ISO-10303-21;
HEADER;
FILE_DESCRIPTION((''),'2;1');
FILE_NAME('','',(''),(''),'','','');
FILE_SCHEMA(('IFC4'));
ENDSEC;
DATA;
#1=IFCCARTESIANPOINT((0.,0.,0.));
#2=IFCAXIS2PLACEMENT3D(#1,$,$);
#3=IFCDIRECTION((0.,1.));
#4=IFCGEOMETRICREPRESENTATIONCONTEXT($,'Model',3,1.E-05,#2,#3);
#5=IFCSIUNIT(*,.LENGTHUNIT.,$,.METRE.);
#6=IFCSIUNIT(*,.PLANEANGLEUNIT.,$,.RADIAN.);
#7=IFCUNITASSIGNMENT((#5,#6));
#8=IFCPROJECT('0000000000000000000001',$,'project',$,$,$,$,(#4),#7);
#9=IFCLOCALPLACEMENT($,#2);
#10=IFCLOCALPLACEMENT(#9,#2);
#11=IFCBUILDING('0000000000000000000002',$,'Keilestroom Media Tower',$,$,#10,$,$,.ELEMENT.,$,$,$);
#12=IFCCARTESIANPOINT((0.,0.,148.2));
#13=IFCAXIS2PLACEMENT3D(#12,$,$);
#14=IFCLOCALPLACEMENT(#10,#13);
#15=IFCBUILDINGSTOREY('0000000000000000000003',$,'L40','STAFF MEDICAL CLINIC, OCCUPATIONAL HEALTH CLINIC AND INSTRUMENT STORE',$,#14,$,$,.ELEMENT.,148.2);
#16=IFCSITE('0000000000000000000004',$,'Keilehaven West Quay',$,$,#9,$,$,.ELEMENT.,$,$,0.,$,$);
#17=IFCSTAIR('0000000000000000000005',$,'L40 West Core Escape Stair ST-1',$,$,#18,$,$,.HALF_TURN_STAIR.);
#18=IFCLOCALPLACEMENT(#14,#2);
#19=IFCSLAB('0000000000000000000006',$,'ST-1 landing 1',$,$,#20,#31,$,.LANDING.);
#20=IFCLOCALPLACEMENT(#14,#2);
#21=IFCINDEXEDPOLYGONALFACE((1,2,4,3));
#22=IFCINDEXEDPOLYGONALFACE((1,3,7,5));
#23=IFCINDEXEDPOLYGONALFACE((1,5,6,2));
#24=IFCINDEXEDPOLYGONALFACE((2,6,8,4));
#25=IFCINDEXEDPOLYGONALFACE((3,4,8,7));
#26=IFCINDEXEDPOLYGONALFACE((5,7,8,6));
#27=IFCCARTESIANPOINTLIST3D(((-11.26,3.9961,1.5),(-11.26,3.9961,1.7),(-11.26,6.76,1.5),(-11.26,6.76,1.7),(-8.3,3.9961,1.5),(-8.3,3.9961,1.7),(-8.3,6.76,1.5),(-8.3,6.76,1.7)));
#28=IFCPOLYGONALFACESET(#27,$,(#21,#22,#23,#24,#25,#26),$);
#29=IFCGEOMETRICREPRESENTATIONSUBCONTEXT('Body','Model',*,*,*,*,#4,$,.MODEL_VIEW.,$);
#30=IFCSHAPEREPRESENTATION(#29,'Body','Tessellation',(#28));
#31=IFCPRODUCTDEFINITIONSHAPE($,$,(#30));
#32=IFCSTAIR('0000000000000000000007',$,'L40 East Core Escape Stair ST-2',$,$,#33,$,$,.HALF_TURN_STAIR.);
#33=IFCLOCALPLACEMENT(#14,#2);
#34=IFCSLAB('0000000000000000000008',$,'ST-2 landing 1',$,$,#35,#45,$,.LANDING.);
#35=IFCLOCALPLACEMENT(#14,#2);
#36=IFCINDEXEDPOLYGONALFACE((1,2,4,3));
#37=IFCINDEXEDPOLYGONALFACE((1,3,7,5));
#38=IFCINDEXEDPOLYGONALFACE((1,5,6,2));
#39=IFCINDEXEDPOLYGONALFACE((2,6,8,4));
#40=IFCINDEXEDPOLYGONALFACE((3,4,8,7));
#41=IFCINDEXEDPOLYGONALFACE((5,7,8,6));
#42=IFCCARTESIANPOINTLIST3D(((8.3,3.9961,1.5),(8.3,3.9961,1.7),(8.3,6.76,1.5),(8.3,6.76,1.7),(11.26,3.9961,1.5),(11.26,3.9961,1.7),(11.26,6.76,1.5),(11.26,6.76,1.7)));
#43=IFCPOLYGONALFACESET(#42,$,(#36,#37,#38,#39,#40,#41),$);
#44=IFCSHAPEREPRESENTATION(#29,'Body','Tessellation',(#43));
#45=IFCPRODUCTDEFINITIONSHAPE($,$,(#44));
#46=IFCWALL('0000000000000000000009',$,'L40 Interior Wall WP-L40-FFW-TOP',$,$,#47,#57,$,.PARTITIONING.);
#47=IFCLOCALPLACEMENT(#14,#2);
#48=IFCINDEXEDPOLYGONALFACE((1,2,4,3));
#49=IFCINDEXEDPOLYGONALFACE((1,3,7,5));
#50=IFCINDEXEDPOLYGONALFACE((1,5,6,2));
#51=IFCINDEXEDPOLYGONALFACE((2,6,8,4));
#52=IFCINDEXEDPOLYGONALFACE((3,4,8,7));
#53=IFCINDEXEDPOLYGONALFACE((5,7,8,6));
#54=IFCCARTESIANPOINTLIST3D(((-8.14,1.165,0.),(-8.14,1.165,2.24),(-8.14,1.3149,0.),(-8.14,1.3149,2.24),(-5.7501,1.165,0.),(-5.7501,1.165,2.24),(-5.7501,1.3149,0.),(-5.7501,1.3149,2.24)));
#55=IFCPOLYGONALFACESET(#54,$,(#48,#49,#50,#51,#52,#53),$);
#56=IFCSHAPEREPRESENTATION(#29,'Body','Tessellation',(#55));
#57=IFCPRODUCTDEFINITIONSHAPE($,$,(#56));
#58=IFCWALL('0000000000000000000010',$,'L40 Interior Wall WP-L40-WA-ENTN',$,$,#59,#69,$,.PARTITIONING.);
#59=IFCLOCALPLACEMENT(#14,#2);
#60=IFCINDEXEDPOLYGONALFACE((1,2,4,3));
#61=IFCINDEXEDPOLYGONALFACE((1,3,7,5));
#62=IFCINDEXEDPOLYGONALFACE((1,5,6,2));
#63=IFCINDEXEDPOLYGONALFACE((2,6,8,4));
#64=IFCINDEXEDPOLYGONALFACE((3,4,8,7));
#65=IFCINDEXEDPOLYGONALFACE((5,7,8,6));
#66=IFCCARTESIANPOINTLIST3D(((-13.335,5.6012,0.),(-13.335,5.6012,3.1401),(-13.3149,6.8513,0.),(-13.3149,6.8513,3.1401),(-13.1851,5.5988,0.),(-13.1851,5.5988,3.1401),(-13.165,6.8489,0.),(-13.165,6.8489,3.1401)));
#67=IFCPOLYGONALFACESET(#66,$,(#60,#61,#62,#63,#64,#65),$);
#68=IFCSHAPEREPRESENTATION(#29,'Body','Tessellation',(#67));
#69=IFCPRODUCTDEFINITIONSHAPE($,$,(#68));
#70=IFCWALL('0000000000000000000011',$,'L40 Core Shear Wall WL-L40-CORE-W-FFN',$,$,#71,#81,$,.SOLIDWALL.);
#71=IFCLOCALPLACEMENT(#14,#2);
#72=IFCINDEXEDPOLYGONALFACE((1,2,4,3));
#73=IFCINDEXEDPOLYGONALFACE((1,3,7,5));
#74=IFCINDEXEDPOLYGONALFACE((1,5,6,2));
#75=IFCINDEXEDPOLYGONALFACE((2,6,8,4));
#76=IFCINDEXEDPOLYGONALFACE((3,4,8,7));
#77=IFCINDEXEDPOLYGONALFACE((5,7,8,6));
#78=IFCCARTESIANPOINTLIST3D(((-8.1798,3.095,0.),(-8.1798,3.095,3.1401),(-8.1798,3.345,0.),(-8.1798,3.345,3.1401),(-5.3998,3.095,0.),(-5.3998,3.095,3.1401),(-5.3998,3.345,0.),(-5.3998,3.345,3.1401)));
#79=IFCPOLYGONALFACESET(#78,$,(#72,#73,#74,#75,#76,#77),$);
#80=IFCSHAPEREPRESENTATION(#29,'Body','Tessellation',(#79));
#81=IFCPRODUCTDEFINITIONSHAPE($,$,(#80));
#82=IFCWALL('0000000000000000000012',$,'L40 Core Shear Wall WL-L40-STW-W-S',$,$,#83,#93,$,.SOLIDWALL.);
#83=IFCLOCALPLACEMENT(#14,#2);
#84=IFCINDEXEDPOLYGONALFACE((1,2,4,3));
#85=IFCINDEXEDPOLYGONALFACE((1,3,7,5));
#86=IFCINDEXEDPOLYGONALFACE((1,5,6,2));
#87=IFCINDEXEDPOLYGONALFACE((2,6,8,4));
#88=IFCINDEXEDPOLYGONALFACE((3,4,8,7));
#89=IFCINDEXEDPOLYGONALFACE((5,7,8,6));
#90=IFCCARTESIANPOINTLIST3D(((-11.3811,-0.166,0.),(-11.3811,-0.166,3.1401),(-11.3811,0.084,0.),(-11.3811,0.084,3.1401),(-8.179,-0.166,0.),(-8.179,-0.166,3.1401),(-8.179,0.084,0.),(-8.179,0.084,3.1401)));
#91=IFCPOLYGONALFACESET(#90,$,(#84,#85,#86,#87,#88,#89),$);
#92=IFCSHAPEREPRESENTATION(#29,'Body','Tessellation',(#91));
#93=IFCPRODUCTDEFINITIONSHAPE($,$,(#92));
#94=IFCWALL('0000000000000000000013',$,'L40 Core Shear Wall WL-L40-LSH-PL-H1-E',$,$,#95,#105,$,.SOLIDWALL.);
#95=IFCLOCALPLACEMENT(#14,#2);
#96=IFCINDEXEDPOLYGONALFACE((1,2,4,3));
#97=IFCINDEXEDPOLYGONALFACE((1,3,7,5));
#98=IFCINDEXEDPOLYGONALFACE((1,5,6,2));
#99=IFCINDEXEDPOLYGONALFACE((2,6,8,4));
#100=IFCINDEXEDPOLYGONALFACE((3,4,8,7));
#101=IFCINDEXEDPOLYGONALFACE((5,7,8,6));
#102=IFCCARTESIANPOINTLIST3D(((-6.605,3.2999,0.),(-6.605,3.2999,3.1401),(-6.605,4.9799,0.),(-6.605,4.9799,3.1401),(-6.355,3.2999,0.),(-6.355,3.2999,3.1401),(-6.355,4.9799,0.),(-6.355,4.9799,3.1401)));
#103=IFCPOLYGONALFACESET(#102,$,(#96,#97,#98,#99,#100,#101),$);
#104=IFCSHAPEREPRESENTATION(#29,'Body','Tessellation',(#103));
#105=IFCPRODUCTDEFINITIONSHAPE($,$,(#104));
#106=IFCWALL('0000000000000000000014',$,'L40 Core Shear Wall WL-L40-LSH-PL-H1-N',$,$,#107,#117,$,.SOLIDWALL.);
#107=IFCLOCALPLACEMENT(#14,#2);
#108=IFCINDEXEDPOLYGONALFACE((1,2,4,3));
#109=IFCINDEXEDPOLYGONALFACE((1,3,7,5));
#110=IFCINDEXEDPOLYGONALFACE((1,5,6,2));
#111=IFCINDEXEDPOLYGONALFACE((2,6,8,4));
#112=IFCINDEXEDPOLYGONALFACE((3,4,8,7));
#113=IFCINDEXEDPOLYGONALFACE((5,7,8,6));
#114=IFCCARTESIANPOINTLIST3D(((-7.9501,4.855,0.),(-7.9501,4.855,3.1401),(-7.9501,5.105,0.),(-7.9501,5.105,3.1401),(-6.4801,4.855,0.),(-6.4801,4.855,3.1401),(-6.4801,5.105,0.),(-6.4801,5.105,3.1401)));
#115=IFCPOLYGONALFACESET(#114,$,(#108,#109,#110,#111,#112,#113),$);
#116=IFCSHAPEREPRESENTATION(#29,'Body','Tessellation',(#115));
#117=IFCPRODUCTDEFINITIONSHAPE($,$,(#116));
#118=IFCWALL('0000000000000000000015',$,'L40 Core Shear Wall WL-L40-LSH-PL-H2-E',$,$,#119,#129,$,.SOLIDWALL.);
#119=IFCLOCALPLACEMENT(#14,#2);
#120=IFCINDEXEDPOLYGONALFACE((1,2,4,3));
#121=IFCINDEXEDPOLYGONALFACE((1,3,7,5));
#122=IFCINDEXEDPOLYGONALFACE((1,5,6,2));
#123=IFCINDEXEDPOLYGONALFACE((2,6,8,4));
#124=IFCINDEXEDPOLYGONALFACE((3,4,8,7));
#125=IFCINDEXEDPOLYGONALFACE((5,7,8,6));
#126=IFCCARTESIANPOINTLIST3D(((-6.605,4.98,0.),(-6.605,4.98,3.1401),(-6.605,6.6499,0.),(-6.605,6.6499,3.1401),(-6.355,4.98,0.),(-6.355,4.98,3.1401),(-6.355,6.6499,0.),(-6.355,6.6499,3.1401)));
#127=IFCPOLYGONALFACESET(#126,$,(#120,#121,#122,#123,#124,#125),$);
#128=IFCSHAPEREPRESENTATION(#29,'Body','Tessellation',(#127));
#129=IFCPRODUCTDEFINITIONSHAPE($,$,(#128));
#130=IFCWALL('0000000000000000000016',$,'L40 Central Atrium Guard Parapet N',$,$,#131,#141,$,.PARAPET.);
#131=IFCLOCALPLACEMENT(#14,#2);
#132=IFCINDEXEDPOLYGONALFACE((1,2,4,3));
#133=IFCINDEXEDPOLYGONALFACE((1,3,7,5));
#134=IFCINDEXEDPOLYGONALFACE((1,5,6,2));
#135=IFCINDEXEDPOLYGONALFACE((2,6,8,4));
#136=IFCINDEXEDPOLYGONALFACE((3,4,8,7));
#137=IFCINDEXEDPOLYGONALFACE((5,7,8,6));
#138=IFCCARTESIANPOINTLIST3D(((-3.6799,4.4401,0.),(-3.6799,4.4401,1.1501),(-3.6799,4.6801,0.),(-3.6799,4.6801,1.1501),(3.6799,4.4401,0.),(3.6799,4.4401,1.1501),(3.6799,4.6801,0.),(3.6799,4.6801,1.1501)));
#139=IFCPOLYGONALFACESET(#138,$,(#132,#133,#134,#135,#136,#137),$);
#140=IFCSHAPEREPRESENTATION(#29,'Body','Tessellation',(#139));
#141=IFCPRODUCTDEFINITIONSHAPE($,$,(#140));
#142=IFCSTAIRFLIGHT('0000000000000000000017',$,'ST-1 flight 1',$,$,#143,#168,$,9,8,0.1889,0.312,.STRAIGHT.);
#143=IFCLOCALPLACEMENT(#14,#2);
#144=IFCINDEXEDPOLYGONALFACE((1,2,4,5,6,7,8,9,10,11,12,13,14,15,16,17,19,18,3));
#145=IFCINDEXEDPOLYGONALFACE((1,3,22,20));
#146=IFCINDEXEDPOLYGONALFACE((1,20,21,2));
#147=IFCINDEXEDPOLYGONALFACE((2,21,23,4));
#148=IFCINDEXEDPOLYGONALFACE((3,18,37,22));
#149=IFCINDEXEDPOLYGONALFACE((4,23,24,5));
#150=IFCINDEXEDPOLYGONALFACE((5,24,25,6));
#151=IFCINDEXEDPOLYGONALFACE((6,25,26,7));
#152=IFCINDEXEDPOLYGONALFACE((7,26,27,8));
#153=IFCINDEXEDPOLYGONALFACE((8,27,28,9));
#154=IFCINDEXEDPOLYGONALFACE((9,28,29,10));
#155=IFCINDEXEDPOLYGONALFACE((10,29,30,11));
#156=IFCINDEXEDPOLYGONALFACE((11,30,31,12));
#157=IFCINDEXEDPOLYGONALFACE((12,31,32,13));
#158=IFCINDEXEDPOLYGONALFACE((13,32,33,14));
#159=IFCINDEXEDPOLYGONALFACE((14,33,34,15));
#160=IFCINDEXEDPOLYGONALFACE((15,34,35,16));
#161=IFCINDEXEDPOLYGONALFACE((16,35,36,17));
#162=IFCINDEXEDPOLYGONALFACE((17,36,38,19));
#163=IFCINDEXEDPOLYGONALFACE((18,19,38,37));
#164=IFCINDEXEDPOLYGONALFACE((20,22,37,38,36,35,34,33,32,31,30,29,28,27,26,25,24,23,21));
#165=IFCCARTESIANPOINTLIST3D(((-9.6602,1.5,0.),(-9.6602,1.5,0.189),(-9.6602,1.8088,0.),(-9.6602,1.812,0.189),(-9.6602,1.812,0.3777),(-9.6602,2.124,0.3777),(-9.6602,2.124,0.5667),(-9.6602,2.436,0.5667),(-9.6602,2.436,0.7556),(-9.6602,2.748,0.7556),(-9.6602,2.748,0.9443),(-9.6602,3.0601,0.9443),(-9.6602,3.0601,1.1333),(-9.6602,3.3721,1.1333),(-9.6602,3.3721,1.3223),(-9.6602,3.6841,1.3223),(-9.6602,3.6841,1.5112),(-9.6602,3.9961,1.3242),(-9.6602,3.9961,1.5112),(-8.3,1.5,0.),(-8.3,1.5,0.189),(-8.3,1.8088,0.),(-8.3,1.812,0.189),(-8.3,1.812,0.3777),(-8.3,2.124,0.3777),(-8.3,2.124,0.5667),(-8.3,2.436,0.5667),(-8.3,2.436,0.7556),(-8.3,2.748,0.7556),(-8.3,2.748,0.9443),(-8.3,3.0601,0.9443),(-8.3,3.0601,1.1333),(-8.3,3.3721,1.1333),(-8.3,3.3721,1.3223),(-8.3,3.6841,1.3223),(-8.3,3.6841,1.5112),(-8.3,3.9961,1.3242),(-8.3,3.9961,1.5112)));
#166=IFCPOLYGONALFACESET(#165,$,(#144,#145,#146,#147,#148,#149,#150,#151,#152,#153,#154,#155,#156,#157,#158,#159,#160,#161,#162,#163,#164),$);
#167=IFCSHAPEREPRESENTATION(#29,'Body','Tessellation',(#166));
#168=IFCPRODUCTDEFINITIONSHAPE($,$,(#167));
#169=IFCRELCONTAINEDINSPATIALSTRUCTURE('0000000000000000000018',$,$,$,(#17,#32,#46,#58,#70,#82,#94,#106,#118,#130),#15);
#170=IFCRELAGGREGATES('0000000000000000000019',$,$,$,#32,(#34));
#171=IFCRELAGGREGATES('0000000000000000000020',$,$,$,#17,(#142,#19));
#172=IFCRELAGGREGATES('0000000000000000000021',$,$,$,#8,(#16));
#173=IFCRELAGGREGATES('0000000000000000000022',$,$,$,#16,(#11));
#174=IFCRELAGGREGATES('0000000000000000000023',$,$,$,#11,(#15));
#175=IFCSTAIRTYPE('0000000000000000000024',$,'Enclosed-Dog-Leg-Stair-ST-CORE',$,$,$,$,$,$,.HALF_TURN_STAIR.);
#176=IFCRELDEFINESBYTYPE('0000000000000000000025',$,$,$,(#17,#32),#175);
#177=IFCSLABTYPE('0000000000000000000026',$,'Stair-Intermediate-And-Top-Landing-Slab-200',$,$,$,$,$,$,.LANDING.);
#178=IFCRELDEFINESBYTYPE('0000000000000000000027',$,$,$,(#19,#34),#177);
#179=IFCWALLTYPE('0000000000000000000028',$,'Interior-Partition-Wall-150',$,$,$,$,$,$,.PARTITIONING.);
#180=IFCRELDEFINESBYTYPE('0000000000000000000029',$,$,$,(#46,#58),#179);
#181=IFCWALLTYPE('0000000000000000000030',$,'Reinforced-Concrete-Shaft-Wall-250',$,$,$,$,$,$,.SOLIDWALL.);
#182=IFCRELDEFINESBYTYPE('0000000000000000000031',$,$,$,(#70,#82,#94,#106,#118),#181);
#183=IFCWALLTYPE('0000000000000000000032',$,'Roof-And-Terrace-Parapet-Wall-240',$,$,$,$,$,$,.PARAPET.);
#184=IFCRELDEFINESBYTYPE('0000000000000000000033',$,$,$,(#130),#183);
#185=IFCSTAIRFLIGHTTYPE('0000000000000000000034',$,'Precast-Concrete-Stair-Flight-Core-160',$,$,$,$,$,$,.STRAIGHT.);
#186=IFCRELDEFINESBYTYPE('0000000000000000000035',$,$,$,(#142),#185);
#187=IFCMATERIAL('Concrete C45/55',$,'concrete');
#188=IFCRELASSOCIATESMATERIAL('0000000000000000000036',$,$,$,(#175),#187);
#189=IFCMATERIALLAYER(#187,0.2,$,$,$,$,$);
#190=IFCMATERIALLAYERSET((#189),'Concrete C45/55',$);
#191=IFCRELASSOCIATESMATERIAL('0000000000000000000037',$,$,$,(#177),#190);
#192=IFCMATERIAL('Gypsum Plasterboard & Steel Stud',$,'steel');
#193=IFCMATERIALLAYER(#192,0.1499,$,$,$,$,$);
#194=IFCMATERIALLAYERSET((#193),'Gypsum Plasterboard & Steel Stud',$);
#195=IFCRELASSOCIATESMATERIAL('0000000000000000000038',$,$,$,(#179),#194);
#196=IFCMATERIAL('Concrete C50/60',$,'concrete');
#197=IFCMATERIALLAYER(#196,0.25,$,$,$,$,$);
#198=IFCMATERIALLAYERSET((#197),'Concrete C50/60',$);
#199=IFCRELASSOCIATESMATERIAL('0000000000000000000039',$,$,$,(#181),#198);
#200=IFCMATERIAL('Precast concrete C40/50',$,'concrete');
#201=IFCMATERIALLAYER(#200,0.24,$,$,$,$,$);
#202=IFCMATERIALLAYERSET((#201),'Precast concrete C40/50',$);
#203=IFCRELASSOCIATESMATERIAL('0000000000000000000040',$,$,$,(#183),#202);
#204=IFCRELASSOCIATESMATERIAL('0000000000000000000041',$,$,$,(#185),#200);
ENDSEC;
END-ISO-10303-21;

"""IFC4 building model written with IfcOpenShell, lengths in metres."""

from ifc_helpers import new_model, si_unit, direction, frame, frame_2d, origin, place, context, subcontext, project, spatial, polyline, rectangle, outline, extrude, material, layer, layer_set, type_object, element, aggregate, save


model = new_model("IFC4")

# Units and contexts
model_context = context("Model", 3, precision=1e-05, world=origin(), true_north=direction((0.0, 1.0)))
body_context = subcontext(model_context, "Body", "Model", "MODEL_VIEW")
ifc_project = project(units=[si_unit("LENGTHUNIT", "METRE"), si_unit("PLANEANGLEUNIT", "RADIAN")], contexts=[model_context])

# Site, building, storey
site_placement = place(None, origin())
site = spatial("IfcSite", under=ifc_project, at=site_placement, Name="Keilehaven West Quay", CompositionType="ELEMENT", RefElevation=0.0)
building_placement = place(site_placement, origin())
building = spatial("IfcBuilding", under=site, at=building_placement, Name="Keilestroom Media Tower", CompositionType="ELEMENT")
storey_placement = place(building_placement, frame((0.0, 0.0, 148.2)))
storey = spatial("IfcBuildingStorey", under=building, at=storey_placement, Name="L40", Description="STAFF MEDICAL CLINIC, OCCUPATIONAL HEALTH CLINIC AND INSTRUMENT STORE", CompositionType="ELEMENT", Elevation=148.2)

# Shared definitions
ifc_material_1 = material(Name="Concrete C50/60", Category="concrete")

# Stairs, slabs
ifc_material_2 = material(Name="Concrete C45/55", Category="concrete")
stair_type = type_object("IfcStairType", Name="Enclosed-Dog-Leg-Stair-ST-CORE", PredefinedType="HALF_TURN_STAIR", material=ifc_material_2)
stair_1_placement = place(storey_placement, origin())
stair_1 = element("IfcStair", 1, at=stair_1_placement, inside=storey, type_object=stair_type, Name="L40 West Core Escape Stair ST-1", PredefinedType="HALF_TURN_STAIR")
ifc_layer_1 = layer(ifc_material_2, 0.2)
ifc_layer_set_1 = layer_set([ifc_layer_1], Name="Concrete C45/55")
slab_type_1 = type_object("IfcSlabType", Name="Stair-Intermediate-And-Top-Landing-Slab-200", PredefinedType="LANDING", material=ifc_layer_set_1)
slab_1_placement = place(storey_placement, frame((0.0, 0.0, 1.5)))
slab_1 = element("IfcSlab", 2, at=slab_1_placement, type_object=slab_type_1, Name="ST-1 landing 1", PredefinedType="LANDING", context=body_context, shape_type="SweptSolid", body=[
    extrude(outline(polyline([(-8.3, 3.9961), (-8.3, 6.76), (-11.26, 6.76), (-11.26, 3.9961), (-8.3, 3.9961)])), origin(), (0.0, 0.0, 1.0), 0.2),
])
stair_2_placement = place(storey_placement, origin())
stair_2 = element("IfcStair", 3, at=stair_2_placement, inside=storey, type_object=stair_type, Name="L40 East Core Escape Stair ST-2", PredefinedType="HALF_TURN_STAIR")
slab_2_placement = place(storey_placement, frame((0.0, 0.0, 1.5)))
slab_2 = element("IfcSlab", 4, at=slab_2_placement, type_object=slab_type_1, Name="ST-2 landing 1", PredefinedType="LANDING", context=body_context, shape_type="SweptSolid", body=[
    extrude(outline(polyline([(11.26, 3.9961), (11.26, 6.76), (8.3, 6.76), (8.3, 3.9961), (11.26, 3.9961)])), origin(), (0.0, 0.0, 1.0), 0.2),
])
aggregate(stair_2, [slab_2])

# Walls
ifc_material_3 = material(Name="Gypsum Plasterboard & Steel Stud", Category="steel")
ifc_layer_2 = layer(ifc_material_3, 0.1499)
ifc_layer_set_2 = layer_set([ifc_layer_2], Name="Gypsum Plasterboard & Steel Stud")
wall_type_1 = type_object("IfcWallType", Name="Interior-Partition-Wall-150", PredefinedType="PARTITIONING", material=ifc_layer_set_2)
wall_1_placement = place(storey_placement, frame((-8.1399, 1.24, 0.0), z_axis=(0.0, 0.0, 1.0), x_axis=(1.0, 0.0, 0.0)))
element("IfcWall", 5, at=wall_1_placement, inside=storey, type_object=wall_type_1, Name="L40 Interior Wall WP-L40-FFW-TOP", PredefinedType="PARTITIONING", context=body_context, shape_type="SweptSolid", body=[
    extrude(rectangle(XDim=2.3899, YDim=0.1499, at=frame_2d((1.1948, 0.0))), origin(), (0.0, 0.0, 1.0), 2.24),
])
wall_2_placement = place(storey_placement, frame((-13.26, 5.6001, 0.0), z_axis=(0.0, 0.0, 1.0), x_axis=(0.016014, 0.999872, 0.0)))
element("IfcWall", 6, at=wall_2_placement, inside=storey, type_object=wall_type_1, Name="L40 Interior Wall WP-L40-WA-ENTN", PredefinedType="PARTITIONING", context=body_context, shape_type="SweptSolid", body=[
    extrude(rectangle(XDim=1.2502, YDim=0.1499, at=frame_2d((0.625, 0.0))), origin(), (0.0, 0.0, 1.0), 3.1401),
])
ifc_layer_3 = layer(ifc_material_1, 0.25)
ifc_layer_set_3 = layer_set([ifc_layer_3], Name="Concrete C50/60")
wall_type_2 = type_object("IfcWallType", Name="Reinforced-Concrete-Shaft-Wall-250", PredefinedType="SOLIDWALL", material=ifc_layer_set_3)
wall_3_placement = place(storey_placement, frame((-8.1799, 3.22, 0.0), z_axis=(0.0, 0.0, 1.0), x_axis=(1.0, 0.0, 0.0)))
element("IfcWall", 7, at=wall_3_placement, inside=storey, type_object=wall_type_2, Name="L40 Core Shear Wall WL-L40-CORE-W-FFN", PredefinedType="SOLIDWALL", context=body_context, shape_type="SweptSolid", body=[
    extrude(rectangle(XDim=2.78, YDim=0.25, at=frame_2d((1.3901, 0.0))), origin(), (0.0, 0.0, 1.0), 3.1401),
])
wall_4_placement = place(storey_placement, frame((-11.3811, -0.041, 0.0), z_axis=(0.0, 0.0, 1.0), x_axis=(1.0, 0.0, 0.0)))
element("IfcWall", 8, at=wall_4_placement, inside=storey, type_object=wall_type_2, Name="L40 Core Shear Wall WL-L40-STW-W-S", PredefinedType="SOLIDWALL", context=body_context, shape_type="SweptSolid", body=[
    extrude(rectangle(XDim=3.2021, YDim=0.25, at=frame_2d((1.6011, 0.0))), origin(), (0.0, 0.0, 1.0), 3.1401),
])
wall_5_placement = place(storey_placement, frame((-6.48, 3.3, 0.0), z_axis=(0.0, 0.0, 1.0), x_axis=(0.0, 1.0, 0.0)))
element("IfcWall", 9, at=wall_5_placement, inside=storey, type_object=wall_type_2, Name="L40 Core Shear Wall WL-L40-LSH-PL-H1-E", PredefinedType="SOLIDWALL", context=body_context, shape_type="SweptSolid", body=[
    extrude(rectangle(XDim=1.6799, YDim=0.25, at=frame_2d((0.8398, 0.0))), origin(), (0.0, 0.0, 1.0), 3.1401),
])
wall_6_placement = place(storey_placement, frame((-7.95, 4.98, 0.0), z_axis=(0.0, 0.0, 1.0), x_axis=(1.0, 0.0, 0.0)))
element("IfcWall", 10, at=wall_6_placement, inside=storey, type_object=wall_type_2, Name="L40 Core Shear Wall WL-L40-LSH-PL-H1-N", PredefinedType="SOLIDWALL", context=body_context, shape_type="SweptSolid", body=[
    extrude(rectangle(XDim=1.47, YDim=0.25, at=frame_2d((0.7349, 0.0))), origin(), (0.0, 0.0, 1.0), 3.1401),
])
wall_7_placement = place(storey_placement, frame((-6.48, 4.98, 0.0), z_axis=(0.0, 0.0, 1.0), x_axis=(0.0, 1.0, 0.0)))
element("IfcWall", 11, at=wall_7_placement, inside=storey, type_object=wall_type_2, Name="L40 Core Shear Wall WL-L40-LSH-PL-H2-E", PredefinedType="SOLIDWALL", context=body_context, shape_type="SweptSolid", body=[
    extrude(rectangle(XDim=1.6699, YDim=0.25, at=frame_2d((0.835, 0.0))), origin(), (0.0, 0.0, 1.0), 3.1401),
])
ifc_material_4 = material(Name="Precast concrete C40/50", Category="concrete")
ifc_layer_4 = layer(ifc_material_4, 0.24)
ifc_layer_set_4 = layer_set([ifc_layer_4], Name="Precast concrete C40/50")
wall_type_3 = type_object("IfcWallType", Name="Roof-And-Terrace-Parapet-Wall-240", PredefinedType="PARAPET", material=ifc_layer_set_4)
wall_8_placement = place(storey_placement, frame((-3.6799, 4.5601, 0.0), z_axis=(0.0, 0.0, 1.0), x_axis=(1.0, 0.0, 0.0)))
element("IfcWall", 12, at=wall_8_placement, inside=storey, type_object=wall_type_3, Name="L40 Central Atrium Guard Parapet N", PredefinedType="PARAPET", context=body_context, shape_type="SweptSolid", body=[
    extrude(rectangle(XDim=7.3599, YDim=0.24, at=frame_2d((3.6799, 0.0))), origin(), (0.0, 0.0, 1.0), 1.1501),
])

# Stair flight
stair_flight_type = type_object("IfcStairFlightType", Name="Precast-Concrete-Stair-Flight-Core-160", PredefinedType="STRAIGHT", material=ifc_material_4)
stair_flight_1_placement = place(storey_placement, frame((-8.98, 1.5, 0.0), z_axis=(0.0, 0.0, 1.0), x_axis=(0.0, 1.0, 0.0)))
stair_flight_1 = element("IfcStairFlight", 13, at=stair_flight_1_placement, type_object=stair_flight_type, Name="ST-1 flight 1", NumberOfRisers=9, NumberOfTreads=8, PredefinedType="STRAIGHT", RiserHeight=0.1889, TreadLength=0.312, context=body_context, shape_type="SweptSolid", body=[
    extrude(outline(polyline([(0.0, 0.0), (0.0, 0.189), (0.312, 0.189), (0.312, 0.3777), (0.624, 0.3777), (0.624, 0.5667), (0.936, 0.5667), (0.936, 0.7556), (1.248, 0.7556), (1.248, 0.9443), (1.5601, 0.9443), (1.5601, 1.1333), (1.8721, 1.1333), (1.8721, 1.3223), (2.1841, 1.3223), (2.1841, 1.5112), (2.4961, 1.5112), (2.4961, 1.7), (2.4961, 1.3242), (0.3088, 0.0), (0.0, 0.0)])), frame((0.0, 0.6802, 0.0), z_axis=(0.0, -1.0, 0.0), x_axis=(1.0, 0.0, 0.0)), (0.0, 0.0, 1.0), 1.3601),
])
aggregate(stair_1, [stair_flight_1, slab_1])

save(model, "model.ifc")
